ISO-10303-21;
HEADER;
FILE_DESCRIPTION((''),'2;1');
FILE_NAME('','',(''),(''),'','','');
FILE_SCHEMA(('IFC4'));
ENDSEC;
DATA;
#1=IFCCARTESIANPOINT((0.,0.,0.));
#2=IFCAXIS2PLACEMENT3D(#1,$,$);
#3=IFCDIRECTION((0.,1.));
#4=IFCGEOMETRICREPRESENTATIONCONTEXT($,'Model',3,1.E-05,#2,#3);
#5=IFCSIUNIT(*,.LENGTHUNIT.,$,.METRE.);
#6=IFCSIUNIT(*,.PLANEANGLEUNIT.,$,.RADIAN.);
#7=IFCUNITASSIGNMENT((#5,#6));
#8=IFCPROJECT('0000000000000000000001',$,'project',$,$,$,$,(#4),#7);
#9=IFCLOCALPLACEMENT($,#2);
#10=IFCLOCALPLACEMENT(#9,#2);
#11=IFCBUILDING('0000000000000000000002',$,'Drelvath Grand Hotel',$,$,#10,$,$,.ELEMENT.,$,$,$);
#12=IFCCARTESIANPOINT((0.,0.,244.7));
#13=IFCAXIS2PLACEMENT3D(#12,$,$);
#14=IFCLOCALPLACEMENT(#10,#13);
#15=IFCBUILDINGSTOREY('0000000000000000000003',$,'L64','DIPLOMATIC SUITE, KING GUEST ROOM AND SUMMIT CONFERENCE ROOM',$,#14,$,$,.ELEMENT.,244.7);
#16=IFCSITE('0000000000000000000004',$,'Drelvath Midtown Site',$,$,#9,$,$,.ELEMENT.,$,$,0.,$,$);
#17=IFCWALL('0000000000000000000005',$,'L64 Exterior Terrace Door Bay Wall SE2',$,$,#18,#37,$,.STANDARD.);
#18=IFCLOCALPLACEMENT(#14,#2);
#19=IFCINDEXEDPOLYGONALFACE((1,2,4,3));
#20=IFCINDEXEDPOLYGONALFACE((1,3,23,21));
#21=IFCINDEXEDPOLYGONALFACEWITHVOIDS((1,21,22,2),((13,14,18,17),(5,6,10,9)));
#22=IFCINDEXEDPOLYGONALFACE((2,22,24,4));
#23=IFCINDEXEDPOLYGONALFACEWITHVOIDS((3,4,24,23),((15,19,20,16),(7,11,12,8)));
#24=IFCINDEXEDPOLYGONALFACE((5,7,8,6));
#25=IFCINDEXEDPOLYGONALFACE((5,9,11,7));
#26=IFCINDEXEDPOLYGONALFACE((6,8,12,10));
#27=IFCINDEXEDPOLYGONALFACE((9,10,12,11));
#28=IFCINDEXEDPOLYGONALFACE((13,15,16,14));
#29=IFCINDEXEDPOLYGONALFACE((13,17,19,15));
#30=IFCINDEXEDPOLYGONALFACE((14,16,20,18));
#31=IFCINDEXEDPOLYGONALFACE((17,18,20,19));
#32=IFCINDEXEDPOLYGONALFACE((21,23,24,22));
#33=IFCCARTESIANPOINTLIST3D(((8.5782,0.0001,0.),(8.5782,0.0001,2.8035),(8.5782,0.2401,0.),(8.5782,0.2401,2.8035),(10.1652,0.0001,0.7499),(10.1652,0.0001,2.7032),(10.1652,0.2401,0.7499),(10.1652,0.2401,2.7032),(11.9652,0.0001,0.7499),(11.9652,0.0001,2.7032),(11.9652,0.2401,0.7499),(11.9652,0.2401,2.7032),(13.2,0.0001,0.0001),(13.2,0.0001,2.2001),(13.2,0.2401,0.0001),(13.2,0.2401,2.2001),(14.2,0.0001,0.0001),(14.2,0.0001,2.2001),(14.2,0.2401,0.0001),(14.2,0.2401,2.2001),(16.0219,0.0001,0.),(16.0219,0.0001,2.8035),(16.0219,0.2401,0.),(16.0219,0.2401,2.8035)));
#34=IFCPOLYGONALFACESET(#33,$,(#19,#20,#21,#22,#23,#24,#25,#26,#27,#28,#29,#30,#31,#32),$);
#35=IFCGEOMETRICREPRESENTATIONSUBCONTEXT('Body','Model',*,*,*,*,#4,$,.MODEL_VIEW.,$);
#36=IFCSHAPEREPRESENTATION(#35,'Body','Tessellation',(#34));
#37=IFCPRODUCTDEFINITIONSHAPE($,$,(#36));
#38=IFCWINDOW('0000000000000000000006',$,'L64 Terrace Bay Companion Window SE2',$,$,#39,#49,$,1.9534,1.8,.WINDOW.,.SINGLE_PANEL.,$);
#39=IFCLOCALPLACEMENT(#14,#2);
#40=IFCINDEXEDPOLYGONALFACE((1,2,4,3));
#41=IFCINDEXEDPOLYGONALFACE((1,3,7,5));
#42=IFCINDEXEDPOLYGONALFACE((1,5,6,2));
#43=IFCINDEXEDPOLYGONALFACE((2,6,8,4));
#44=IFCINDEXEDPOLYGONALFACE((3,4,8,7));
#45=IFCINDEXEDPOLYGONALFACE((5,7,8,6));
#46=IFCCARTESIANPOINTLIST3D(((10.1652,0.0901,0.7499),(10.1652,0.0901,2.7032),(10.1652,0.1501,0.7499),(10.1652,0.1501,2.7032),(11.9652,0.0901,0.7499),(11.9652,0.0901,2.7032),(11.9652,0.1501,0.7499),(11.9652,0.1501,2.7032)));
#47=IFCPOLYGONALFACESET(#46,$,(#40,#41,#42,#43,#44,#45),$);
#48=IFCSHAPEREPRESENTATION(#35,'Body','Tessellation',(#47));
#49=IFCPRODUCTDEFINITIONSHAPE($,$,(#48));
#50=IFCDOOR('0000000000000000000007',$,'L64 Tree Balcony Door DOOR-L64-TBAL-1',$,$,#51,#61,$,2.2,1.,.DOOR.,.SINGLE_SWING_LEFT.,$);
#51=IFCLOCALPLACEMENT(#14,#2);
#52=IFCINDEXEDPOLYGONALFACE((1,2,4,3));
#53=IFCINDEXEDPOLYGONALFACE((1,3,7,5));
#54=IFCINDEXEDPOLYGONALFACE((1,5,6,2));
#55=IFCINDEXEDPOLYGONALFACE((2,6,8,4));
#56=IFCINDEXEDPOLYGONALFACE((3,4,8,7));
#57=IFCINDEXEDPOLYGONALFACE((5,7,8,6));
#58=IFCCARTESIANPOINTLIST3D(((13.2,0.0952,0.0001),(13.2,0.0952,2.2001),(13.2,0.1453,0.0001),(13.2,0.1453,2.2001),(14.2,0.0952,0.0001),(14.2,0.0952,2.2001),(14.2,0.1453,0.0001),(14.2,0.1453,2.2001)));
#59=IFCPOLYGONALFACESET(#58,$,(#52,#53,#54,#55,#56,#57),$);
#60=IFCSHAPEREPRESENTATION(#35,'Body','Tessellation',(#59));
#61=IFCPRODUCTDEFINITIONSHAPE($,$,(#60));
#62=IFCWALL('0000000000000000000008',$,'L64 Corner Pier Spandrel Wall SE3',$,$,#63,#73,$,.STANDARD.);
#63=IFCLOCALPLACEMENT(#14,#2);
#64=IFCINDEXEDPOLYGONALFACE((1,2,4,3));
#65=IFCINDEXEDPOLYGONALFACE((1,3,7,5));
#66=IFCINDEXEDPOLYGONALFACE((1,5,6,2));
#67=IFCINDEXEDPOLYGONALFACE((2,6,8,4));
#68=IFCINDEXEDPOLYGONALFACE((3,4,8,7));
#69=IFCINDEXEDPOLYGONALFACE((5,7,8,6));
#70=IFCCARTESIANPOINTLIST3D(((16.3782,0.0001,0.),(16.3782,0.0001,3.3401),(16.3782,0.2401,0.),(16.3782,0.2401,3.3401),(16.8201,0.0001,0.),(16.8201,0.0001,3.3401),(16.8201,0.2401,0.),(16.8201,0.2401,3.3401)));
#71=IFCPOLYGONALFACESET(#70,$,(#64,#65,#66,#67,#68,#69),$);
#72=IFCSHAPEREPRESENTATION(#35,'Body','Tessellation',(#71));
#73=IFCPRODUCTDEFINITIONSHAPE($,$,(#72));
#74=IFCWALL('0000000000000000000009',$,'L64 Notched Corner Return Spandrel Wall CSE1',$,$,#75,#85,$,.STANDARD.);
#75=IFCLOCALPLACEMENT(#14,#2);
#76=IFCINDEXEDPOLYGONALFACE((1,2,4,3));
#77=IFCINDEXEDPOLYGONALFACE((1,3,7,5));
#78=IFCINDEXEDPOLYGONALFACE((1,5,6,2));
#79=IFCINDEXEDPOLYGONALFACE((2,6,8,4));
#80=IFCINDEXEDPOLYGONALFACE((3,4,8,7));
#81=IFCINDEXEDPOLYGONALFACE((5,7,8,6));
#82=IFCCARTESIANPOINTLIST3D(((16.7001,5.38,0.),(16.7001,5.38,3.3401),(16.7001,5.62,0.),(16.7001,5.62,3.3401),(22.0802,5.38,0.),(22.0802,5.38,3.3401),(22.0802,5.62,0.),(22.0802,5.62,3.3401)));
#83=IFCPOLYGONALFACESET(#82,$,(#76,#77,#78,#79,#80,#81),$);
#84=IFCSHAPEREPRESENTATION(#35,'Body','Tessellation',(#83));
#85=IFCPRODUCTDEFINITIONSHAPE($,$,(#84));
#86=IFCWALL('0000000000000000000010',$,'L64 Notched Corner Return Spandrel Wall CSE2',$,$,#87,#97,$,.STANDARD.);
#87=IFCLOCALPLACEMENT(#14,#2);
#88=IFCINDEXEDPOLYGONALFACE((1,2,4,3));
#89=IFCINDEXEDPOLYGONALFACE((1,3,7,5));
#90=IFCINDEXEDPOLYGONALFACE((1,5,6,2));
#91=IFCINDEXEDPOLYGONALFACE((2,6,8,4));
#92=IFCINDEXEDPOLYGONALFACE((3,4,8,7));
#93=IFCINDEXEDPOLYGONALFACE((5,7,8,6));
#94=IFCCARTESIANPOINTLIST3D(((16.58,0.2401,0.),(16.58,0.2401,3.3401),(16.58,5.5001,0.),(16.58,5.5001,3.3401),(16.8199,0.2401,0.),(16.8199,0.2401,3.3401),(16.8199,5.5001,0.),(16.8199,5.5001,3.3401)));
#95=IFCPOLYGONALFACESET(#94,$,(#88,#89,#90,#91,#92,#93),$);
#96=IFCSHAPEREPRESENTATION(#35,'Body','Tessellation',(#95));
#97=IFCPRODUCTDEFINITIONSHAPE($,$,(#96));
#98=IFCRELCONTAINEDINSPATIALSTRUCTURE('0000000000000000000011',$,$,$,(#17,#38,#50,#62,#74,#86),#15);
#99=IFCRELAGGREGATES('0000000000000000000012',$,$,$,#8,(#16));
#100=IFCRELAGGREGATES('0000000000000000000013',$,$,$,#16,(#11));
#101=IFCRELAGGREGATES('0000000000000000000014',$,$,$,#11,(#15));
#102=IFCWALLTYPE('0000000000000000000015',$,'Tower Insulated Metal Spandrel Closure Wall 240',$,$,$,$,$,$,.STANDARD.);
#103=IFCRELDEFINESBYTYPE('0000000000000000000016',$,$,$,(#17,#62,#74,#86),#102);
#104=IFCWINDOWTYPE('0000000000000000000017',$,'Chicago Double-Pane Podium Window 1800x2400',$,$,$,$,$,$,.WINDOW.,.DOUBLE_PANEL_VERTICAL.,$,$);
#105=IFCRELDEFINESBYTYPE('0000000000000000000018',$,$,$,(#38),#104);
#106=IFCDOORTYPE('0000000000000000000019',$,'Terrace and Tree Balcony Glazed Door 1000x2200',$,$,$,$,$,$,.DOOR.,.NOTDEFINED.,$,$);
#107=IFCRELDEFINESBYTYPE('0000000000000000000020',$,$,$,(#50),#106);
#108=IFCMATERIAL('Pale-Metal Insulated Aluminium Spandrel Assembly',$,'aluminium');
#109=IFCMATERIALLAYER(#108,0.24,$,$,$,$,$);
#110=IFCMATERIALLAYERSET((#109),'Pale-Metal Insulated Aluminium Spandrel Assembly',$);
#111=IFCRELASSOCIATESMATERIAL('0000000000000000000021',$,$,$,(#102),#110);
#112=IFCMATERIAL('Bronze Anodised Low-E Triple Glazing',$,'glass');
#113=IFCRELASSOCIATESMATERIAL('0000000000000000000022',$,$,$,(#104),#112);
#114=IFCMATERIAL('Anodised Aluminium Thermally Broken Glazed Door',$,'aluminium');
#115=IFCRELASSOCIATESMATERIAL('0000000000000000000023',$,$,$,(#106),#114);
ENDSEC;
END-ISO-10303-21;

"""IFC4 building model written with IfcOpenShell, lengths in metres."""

from ifc_helpers import new_model, si_unit, direction, frame, frame_2d, origin, place, context, subcontext, project, spatial, rectangle, extrude, material, layer, layer_set, type_object, element, fill, save


model = new_model("IFC4")

# Units and contexts
model_context = context("Model", 3, precision=1e-05, world=origin(), true_north=direction((0.0, 1.0)))
body_context = subcontext(model_context, "Body", "Model", "MODEL_VIEW")
ifc_project = project(units=[si_unit("LENGTHUNIT", "METRE"), si_unit("PLANEANGLEUNIT", "RADIAN")], contexts=[model_context])

# Site, building, storey
site_placement = place(None, origin())
site = spatial("IfcSite", under=ifc_project, at=site_placement, Name="Drelvath Midtown Site", CompositionType="ELEMENT", RefElevation=0.0)
building_placement = place(site_placement, origin())
building = spatial("IfcBuilding", under=site, at=building_placement, Name="Drelvath Grand Hotel", CompositionType="ELEMENT")
storey_placement = place(building_placement, frame((0.0, 0.0, 244.7)))
storey = spatial("IfcBuildingStorey", under=building, at=storey_placement, Name="L64", Description="DIPLOMATIC SUITE, KING GUEST ROOM AND SUMMIT CONFERENCE ROOM", CompositionType="ELEMENT", Elevation=244.7)

# Wall, openings, window, door
ifc_material_1 = material(Name="Pale-Metal Insulated Aluminium Spandrel Assembly", Category="aluminium")
ifc_layer_1 = layer(ifc_material_1, 0.24)
ifc_layer_set_1 = layer_set([ifc_layer_1], Name="Pale-Metal Insulated Aluminium Spandrel Assembly")
wall_type_1 = type_object("IfcWallType", Name="Tower Insulated Metal Spandrel Closure Wall 240", PredefinedType="STANDARD", material=ifc_layer_set_1)
wall_1_placement = place(storey_placement, frame((16.0217, 0.1201, 0.0), z_axis=(0.0, 0.0, 1.0), x_axis=(-1.0, 0.0, 0.0)))
wall_1 = element("IfcWall", 1, at=wall_1_placement, inside=storey, type_object=wall_type_1, Name="L64 Exterior Terrace Door Bay Wall SE2", PredefinedType="STANDARD", context=body_context, shape_type="SweptSolid", body=[
    extrude(rectangle(XDim=7.4436, YDim=0.24, at=frame_2d((3.7217, 0.0))), origin(), (0.0, 0.0, 1.0), 2.8035),
])
opening_1_placement = place(wall_1_placement, frame((1.8218, 0.0, 0.0)))
opening_1 = element("IfcOpeningElement", 2, at=opening_1_placement, cuts=wall_1, PredefinedType="OPENING", context=body_context, shape_type="SweptSolid", body=[
    extrude(rectangle(XDim=1.0, YDim=2.2, at=frame_2d((0.5, 1.1001))), frame((0.0, 0.1299, 0.0), z_axis=(0.0, -1.0, 0.0), x_axis=(1.0, 0.0, 0.0)), (0.0, 0.0, 1.0), 0.26),
])
opening_2_placement = place(wall_1_placement, frame((4.0566, 0.0, 0.75)))
opening_2 = element("IfcOpeningElement", 3, at=opening_2_placement, cuts=wall_1, PredefinedType="OPENING", context=body_context, shape_type="SweptSolid", body=[
    extrude(rectangle(XDim=1.8, YDim=1.9534, at=frame_2d((0.8999, 0.9766))), frame((0.0, 0.1299, 0.0), z_axis=(0.0, -1.0, 0.0), x_axis=(1.0, 0.0, 0.0)), (0.0, 0.0, 1.0), 0.26),
])
ifc_material_2 = material(Name="Bronze Anodised Low-E Triple Glazing", Category="glass")
window_type = type_object("IfcWindowType", Name="Chicago Double-Pane Podium Window 1800x2400", PartitioningType="DOUBLE_PANEL_VERTICAL", PredefinedType="WINDOW", material=ifc_material_2)
window_placement = place(opening_2_placement, origin())
window = element("IfcWindow", 4, at=window_placement, inside=storey, type_object=window_type, Name="L64 Terrace Bay Companion Window SE2", OverallHeight=1.9534, OverallWidth=1.8, PartitioningType="SINGLE_PANEL", PredefinedType="WINDOW", context=body_context, shape_type="SweptSolid", body=[
    extrude(rectangle(XDim=1.8, YDim=1.9534, at=frame_2d((0.8999, 0.9766))), frame((0.0, 0.03, 0.0), z_axis=(0.0, -1.0, 0.0), x_axis=(1.0, 0.0, 0.0)), (0.0, 0.0, 1.0), 0.0601),
])
fill(opening_2, window)
ifc_material_3 = material(Name="Anodised Aluminium Thermally Broken Glazed Door", Category="aluminium")
door_type = type_object("IfcDoorType", Name="Terrace and Tree Balcony Glazed Door 1000x2200", OperationType="NOTDEFINED", PredefinedType="DOOR", material=ifc_material_3)
door_placement = place(opening_1_placement, origin())
door = element("IfcDoor", 5, at=door_placement, inside=storey, type_object=door_type, Name="L64 Tree Balcony Door DOOR-L64-TBAL-1", OperationType="SINGLE_SWING_LEFT", OverallHeight=2.2, OverallWidth=1.0, PredefinedType="DOOR", context=body_context, shape_type="SweptSolid", body=[
    extrude(rectangle(XDim=1.0, YDim=2.2, at=frame_2d((0.5, 1.1001))), frame((0.0, 0.0249, 0.0), z_axis=(0.0, -1.0, 0.0), x_axis=(1.0, 0.0, 0.0)), (0.0, 0.0, 1.0), 0.05),
])
fill(opening_1, door)

# Walls
wall_2_placement = place(storey_placement, frame((16.8201, 0.1201, 0.0), z_axis=(0.0, 0.0, 1.0), x_axis=(-1.0, 0.0, 0.0)))
element("IfcWall", 6, at=wall_2_placement, inside=storey, type_object=wall_type_1, Name="L64 Corner Pier Spandrel Wall SE3", PredefinedType="STANDARD", context=body_context, shape_type="SweptSolid", body=[
    extrude(rectangle(XDim=0.4419, YDim=0.24, at=frame_2d((0.2209, 0.0))), origin(), (0.0, 0.0, 1.0), 3.3401),
])
wall_3_placement = place(storey_placement, frame((22.0801, 5.5, 0.0), z_axis=(0.0, 0.0, 1.0), x_axis=(-1.0, 0.0, 0.0)))
element("IfcWall", 7, at=wall_3_placement, inside=storey, type_object=wall_type_1, Name="L64 Notched Corner Return Spandrel Wall CSE1", PredefinedType="STANDARD", context=body_context, shape_type="SweptSolid", body=[
    extrude(rectangle(XDim=5.3801, YDim=0.24, at=frame_2d((2.6899, 0.0))), origin(), (0.0, 0.0, 1.0), 3.3401),
])
wall_4_placement = place(storey_placement, frame((16.7, 5.5, 0.0), z_axis=(0.0, 0.0, 1.0), x_axis=(0.0, -1.0, 0.0)))
element("IfcWall", 8, at=wall_4_placement, inside=storey, type_object=wall_type_1, Name="L64 Notched Corner Return Spandrel Wall CSE2", PredefinedType="STANDARD", context=body_context, shape_type="SweptSolid", body=[
    extrude(rectangle(XDim=5.26, YDim=0.24, at=frame_2d((2.6299, 0.0))), origin(), (0.0, 0.0, 1.0), 3.3401),
])

save(model, "model.ifc")
